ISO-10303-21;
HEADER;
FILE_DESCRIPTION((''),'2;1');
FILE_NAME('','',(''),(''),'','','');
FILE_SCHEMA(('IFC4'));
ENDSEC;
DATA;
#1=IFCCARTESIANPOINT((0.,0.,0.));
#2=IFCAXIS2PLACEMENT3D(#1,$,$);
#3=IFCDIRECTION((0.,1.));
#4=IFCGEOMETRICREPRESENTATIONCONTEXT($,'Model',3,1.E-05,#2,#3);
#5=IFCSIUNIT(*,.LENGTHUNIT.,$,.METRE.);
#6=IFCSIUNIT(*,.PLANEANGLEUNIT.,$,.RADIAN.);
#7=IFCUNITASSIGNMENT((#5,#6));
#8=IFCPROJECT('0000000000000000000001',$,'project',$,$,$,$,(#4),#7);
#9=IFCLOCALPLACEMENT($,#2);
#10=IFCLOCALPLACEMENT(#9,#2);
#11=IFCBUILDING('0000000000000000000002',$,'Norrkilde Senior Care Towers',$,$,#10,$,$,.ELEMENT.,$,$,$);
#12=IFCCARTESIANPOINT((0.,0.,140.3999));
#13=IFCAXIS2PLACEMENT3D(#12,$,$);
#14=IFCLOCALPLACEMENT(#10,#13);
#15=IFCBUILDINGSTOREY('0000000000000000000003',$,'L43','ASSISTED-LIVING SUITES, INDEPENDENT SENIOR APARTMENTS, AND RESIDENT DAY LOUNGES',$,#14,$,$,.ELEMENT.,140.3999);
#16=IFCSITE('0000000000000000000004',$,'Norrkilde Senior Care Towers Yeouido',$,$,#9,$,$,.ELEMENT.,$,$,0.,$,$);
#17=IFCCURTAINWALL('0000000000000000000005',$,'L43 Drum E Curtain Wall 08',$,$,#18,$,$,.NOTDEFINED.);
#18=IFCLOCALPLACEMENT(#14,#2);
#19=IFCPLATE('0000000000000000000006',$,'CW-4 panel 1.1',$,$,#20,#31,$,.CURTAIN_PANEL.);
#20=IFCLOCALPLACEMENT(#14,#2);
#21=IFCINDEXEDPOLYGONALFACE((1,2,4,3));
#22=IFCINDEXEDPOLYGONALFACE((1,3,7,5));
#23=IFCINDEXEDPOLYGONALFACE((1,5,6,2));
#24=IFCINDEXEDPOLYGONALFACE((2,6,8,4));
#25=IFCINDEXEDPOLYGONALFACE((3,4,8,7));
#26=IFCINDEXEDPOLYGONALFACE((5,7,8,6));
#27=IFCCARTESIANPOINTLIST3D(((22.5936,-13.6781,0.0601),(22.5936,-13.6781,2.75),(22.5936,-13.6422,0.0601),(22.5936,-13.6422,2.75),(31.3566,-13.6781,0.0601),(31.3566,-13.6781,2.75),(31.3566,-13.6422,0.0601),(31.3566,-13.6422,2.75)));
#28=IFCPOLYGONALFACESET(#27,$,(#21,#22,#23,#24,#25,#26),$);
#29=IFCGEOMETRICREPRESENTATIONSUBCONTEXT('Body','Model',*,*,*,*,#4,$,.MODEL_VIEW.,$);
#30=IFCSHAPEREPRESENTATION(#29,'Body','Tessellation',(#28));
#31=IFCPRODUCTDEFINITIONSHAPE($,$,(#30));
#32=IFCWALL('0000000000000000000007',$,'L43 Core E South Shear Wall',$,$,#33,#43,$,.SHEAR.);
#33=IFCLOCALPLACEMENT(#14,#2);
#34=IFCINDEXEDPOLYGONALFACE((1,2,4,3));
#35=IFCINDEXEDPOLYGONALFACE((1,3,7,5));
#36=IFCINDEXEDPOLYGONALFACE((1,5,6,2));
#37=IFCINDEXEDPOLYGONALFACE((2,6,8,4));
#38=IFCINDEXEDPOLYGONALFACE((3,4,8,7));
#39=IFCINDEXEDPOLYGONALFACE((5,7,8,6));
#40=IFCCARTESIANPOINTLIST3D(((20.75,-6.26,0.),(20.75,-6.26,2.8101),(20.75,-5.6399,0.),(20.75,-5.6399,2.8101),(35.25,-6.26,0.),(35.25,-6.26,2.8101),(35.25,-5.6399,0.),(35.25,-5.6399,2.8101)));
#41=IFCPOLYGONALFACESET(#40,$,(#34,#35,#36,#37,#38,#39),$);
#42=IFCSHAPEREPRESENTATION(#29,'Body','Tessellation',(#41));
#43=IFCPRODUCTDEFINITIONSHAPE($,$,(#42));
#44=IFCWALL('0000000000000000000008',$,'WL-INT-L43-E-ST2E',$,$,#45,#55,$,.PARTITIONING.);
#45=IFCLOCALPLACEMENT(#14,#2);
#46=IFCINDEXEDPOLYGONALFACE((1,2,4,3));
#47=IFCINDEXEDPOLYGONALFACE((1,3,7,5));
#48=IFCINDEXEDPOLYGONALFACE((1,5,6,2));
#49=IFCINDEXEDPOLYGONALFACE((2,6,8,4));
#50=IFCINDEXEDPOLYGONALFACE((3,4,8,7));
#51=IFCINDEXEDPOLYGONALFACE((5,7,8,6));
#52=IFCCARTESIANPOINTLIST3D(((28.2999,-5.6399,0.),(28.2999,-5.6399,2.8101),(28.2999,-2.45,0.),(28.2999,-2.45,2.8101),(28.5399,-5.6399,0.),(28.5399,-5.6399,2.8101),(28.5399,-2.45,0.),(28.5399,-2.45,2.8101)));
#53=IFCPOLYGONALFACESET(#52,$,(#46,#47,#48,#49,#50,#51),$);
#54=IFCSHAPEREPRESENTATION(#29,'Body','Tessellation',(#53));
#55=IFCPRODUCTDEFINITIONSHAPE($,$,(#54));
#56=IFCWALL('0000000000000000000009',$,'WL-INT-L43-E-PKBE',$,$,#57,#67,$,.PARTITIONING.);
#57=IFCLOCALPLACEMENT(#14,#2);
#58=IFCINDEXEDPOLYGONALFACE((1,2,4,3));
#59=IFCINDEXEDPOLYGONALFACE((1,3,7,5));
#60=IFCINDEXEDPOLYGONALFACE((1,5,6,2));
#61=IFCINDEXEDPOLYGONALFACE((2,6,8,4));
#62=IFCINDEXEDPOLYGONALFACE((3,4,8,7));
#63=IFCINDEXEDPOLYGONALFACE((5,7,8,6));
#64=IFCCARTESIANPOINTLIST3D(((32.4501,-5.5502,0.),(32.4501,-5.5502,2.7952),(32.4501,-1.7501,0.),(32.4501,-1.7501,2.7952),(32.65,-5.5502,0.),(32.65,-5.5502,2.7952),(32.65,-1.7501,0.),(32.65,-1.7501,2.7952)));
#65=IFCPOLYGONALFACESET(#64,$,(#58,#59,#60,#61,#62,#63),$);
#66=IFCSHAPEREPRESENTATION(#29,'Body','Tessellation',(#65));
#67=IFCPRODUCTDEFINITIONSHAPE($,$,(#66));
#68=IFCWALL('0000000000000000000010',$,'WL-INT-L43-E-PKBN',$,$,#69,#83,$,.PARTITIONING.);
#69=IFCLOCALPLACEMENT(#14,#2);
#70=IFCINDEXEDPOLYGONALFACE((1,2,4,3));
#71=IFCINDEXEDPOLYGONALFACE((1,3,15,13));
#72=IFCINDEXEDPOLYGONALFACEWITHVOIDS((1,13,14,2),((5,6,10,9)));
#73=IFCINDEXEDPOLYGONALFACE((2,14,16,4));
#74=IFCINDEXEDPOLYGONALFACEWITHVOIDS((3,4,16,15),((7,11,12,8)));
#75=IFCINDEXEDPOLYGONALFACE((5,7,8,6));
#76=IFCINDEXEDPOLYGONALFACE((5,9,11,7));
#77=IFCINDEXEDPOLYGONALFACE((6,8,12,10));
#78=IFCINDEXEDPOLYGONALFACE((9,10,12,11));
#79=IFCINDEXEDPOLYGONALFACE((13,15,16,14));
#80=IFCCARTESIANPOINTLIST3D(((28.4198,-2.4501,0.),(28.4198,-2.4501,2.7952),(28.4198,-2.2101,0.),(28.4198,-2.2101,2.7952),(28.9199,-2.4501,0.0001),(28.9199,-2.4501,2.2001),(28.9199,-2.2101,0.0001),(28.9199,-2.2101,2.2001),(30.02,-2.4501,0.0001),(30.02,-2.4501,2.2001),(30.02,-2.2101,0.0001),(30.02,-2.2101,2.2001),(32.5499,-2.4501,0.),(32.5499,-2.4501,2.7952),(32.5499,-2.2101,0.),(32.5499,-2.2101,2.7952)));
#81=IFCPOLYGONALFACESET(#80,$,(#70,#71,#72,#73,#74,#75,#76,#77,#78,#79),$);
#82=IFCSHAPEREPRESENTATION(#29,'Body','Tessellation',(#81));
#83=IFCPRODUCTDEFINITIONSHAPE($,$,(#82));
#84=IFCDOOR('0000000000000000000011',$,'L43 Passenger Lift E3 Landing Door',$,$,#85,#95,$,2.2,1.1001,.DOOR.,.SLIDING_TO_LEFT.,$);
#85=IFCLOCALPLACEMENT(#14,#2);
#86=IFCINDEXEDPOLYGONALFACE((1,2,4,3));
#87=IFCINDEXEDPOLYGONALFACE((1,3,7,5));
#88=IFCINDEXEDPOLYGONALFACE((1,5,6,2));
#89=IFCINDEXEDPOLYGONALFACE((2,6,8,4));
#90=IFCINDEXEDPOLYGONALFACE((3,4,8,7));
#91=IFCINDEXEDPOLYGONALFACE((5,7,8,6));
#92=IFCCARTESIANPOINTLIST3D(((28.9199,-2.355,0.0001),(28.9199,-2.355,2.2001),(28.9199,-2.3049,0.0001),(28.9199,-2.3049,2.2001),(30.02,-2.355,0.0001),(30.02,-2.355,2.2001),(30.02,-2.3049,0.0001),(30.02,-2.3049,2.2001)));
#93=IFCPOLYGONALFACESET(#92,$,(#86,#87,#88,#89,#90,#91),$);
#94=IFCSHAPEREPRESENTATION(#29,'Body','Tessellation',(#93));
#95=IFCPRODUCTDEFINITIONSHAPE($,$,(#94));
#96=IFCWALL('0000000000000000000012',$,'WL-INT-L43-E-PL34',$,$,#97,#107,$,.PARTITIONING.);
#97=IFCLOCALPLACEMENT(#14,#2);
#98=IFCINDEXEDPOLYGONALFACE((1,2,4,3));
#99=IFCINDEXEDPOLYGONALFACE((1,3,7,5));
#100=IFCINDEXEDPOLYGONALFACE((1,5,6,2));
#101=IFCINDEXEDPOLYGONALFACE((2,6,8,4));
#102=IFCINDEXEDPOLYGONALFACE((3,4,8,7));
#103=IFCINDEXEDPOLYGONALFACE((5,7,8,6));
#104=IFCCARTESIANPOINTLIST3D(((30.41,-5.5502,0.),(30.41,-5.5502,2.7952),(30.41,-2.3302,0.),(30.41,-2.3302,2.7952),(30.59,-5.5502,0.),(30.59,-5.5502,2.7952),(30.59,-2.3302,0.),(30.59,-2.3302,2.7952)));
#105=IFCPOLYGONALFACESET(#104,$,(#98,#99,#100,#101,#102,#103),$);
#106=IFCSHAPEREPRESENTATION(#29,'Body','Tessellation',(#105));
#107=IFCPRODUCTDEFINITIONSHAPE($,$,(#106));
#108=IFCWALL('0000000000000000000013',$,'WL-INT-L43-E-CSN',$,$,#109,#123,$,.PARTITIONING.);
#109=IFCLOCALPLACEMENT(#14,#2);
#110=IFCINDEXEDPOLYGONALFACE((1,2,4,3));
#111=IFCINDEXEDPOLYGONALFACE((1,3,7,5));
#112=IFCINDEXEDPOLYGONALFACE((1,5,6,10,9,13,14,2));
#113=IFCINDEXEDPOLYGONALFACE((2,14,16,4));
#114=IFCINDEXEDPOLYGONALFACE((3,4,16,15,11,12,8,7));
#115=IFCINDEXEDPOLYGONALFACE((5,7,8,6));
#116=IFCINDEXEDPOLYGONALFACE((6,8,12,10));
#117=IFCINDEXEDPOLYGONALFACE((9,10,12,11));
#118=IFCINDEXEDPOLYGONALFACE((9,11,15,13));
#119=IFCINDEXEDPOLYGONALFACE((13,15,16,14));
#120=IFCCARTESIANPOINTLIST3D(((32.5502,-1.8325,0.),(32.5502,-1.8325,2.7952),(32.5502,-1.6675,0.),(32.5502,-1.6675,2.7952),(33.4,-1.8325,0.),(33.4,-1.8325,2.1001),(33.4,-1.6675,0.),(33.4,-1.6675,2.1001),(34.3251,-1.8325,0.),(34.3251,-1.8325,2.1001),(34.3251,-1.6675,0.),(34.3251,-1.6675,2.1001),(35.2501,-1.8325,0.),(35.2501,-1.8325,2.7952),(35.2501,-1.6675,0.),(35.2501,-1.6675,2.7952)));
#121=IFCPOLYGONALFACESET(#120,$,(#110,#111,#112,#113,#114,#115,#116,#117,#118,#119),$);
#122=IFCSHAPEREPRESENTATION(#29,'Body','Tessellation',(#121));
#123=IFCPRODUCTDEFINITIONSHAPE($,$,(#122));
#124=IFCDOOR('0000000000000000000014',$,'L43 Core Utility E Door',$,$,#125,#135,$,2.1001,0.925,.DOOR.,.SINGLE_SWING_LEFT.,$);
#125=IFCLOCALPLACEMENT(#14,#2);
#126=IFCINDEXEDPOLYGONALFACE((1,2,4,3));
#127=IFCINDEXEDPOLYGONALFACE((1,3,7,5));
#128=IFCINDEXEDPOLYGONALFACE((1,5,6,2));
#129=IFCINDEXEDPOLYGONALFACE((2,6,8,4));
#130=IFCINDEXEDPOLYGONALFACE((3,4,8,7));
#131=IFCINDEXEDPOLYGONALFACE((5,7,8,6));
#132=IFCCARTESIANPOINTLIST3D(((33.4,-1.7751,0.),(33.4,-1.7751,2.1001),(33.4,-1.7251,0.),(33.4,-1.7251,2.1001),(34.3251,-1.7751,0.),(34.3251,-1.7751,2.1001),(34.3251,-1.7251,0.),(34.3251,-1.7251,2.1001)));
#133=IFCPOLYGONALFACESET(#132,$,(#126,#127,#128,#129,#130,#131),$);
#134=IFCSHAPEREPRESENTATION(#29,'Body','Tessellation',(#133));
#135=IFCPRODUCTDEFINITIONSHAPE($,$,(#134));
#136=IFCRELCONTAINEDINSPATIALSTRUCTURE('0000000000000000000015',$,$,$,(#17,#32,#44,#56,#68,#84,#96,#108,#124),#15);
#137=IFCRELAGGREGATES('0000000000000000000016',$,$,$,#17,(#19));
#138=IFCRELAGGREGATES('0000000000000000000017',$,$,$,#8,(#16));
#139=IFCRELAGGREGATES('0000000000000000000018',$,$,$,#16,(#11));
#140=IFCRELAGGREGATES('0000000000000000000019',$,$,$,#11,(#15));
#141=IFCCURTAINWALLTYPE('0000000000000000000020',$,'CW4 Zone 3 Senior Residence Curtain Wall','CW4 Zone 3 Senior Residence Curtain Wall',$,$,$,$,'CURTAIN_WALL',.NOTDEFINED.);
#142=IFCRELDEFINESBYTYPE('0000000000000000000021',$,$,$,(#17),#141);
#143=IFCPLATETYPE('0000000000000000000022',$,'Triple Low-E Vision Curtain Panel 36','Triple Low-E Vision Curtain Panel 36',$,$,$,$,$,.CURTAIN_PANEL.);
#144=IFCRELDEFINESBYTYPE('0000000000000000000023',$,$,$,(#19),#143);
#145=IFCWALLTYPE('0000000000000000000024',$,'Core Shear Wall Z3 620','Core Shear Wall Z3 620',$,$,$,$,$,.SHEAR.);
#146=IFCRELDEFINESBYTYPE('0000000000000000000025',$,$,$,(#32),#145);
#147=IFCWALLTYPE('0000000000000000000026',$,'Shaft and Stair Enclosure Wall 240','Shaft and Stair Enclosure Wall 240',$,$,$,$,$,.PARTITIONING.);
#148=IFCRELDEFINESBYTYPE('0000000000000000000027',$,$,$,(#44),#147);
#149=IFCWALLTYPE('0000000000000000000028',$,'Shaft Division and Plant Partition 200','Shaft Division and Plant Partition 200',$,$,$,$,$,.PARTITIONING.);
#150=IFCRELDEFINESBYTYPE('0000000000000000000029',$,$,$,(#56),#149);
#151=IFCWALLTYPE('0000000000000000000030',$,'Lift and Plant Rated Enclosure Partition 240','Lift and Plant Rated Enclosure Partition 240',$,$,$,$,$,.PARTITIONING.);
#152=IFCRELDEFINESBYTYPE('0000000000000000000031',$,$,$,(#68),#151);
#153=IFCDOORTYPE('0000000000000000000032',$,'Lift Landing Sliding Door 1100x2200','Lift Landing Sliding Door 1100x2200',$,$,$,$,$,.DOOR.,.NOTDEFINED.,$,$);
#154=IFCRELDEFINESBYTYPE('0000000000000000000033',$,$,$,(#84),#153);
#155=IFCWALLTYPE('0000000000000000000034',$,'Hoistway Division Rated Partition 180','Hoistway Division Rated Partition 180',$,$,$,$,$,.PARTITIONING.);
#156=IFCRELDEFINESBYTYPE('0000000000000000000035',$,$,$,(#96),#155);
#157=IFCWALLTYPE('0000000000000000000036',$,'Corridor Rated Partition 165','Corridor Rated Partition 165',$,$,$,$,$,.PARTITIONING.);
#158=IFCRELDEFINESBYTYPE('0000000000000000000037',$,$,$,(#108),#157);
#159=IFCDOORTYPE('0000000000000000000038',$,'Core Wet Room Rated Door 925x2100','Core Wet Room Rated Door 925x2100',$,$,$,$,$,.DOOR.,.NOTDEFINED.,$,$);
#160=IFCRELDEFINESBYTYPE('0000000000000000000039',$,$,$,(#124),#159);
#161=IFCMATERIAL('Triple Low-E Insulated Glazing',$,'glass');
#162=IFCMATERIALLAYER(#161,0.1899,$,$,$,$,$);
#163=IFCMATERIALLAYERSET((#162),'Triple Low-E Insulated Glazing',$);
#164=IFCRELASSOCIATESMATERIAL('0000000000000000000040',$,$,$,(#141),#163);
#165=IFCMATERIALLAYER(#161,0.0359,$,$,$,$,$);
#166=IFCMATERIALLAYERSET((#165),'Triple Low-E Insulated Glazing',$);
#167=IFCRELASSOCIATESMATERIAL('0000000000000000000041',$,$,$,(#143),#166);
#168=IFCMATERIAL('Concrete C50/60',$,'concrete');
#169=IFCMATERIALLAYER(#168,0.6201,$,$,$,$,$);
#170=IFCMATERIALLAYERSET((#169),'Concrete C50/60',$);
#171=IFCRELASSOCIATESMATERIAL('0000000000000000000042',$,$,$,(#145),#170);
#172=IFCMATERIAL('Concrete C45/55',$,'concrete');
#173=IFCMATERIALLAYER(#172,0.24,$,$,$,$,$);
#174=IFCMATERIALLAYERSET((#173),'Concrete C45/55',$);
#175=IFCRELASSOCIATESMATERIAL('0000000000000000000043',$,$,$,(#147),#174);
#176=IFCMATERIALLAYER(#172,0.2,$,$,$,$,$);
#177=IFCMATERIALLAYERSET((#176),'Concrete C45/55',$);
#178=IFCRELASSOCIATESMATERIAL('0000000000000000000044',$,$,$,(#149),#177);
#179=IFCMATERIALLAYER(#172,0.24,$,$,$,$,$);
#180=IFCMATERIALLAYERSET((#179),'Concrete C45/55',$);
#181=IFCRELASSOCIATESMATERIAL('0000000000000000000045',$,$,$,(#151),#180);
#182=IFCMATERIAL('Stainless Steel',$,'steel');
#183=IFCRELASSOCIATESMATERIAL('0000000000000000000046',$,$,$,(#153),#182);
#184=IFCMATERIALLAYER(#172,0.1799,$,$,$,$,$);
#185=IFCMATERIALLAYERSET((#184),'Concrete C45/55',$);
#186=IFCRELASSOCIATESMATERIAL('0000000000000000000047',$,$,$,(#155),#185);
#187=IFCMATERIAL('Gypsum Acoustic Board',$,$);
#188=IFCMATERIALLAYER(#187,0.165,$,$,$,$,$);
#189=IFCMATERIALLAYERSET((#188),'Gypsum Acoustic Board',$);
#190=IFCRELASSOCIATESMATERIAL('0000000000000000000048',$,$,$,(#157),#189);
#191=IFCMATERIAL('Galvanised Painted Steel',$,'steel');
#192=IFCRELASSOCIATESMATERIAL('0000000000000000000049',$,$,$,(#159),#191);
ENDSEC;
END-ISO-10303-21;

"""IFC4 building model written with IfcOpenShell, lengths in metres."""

from ifc_helpers import new_model, si_unit, direction, frame, frame_2d, origin, origin_2d, place, context, subcontext, project, spatial, rectangle, extrude, source, transform, mapped, material, layer, layer_set, type_object, type_shapes, element, fill, aggregate, save


model = new_model("IFC4")

# Units and contexts
model_context = context("Model", 3, precision=1e-05, world=origin(), true_north=direction((0.0, 1.0)))
body_context = subcontext(model_context, "Body", "Model", "MODEL_VIEW")
ifc_project = project(units=[si_unit("LENGTHUNIT", "METRE"), si_unit("PLANEANGLEUNIT", "RADIAN")], contexts=[model_context])

# Site, building, storey
site_placement = place(None, origin())
site = spatial("IfcSite", under=ifc_project, at=site_placement, Name="Norrkilde Senior Care Towers Yeouido", CompositionType="ELEMENT", RefElevation=0.0)
building_placement = place(site_placement, origin())
building = spatial("IfcBuilding", under=site, at=building_placement, Name="Norrkilde Senior Care Towers", CompositionType="ELEMENT")
storey_placement = place(building_placement, frame((0.0, 0.0, 140.3999)))
storey = spatial("IfcBuildingStorey", under=building, at=storey_placement, Name="L43", Description="ASSISTED-LIVING SUITES, INDEPENDENT SENIOR APARTMENTS, AND RESIDENT DAY LOUNGES", CompositionType="ELEMENT", Elevation=140.3999)

# Shared definitions
ifc_material_1 = material(Name="Concrete C50/60", Category="concrete")

# Curtain wall
ifc_material_2 = material(Name="Triple Low-E Insulated Glazing", Category="glass")
ifc_layer_1 = layer(ifc_material_2, 0.1899)
ifc_layer_set_1 = layer_set([ifc_layer_1], Name="Triple Low-E Insulated Glazing")
curtain_wall_type = type_object("IfcCurtainWallType", Name="CW4 Zone 3 Senior Residence Curtain Wall", Description="CW4 Zone 3 Senior Residence Curtain Wall", ElementType="CURTAIN_WALL", PredefinedType="NOTDEFINED", material=ifc_layer_set_1)
curtain_wall_1_placement = place(storey_placement, origin())
curtain_wall_1 = element("IfcCurtainWall", 1, at=curtain_wall_1_placement, inside=storey, type_object=curtain_wall_type, Name="L43 Drum E Curtain Wall 08", PredefinedType="NOTDEFINED")

# Plate
ifc_layer_2 = layer(ifc_material_2, 0.0359)
ifc_layer_set_2 = layer_set([ifc_layer_2], Name="Triple Low-E Insulated Glazing")
plate_type = type_object("IfcPlateType", Name="Triple Low-E Vision Curtain Panel 36", Description="Triple Low-E Vision Curtain Panel 36", PredefinedType="CURTAIN_PANEL", material=ifc_layer_set_2)
shared_shape_1 = source(origin(), body_context, "Body", "SweptSolid", [
    extrude(rectangle(XDim=8.7629, YDim=0.0359, at=origin_2d()), origin(), (0.0, 0.0, 1.0), 2.6899),
])
plate_1_placement = place(storey_placement, frame((26.9751, -13.6602, 0.0601), z_axis=(0.0, 0.0, 1.0), x_axis=(-1.0, 0.0, 0.0)))
plate_1 = element("IfcPlate", 2, at=plate_1_placement, type_object=plate_type, Name="CW-4 panel 1.1", PredefinedType="CURTAIN_PANEL", context=body_context, shape_type="MappedRepresentation", body=[
    mapped(shared_shape_1, transform((0.0, 0.0, 0.0), x_axis=(1.0, 0.0, 0.0), y_axis=(0.0, 1.0, 0.0), z_axis=(0.0, 0.0, 1.0), scale=1.0)),
])
aggregate(curtain_wall_1, [plate_1])

# Walls
ifc_layer_3 = layer(ifc_material_1, 0.6201)
ifc_layer_set_3 = layer_set([ifc_layer_3], Name="Concrete C50/60")
wall_type_1 = type_object("IfcWallType", Name="Core Shear Wall Z3 620", Description="Core Shear Wall Z3 620", PredefinedType="SHEAR", material=ifc_layer_set_3)
shared_shape_2 = source(origin(), body_context, "Body", "SweptSolid", [
    extrude(rectangle(XDim=14.5, YDim=0.6201, at=frame_2d((7.25, 0.0))), origin(), (0.0, 0.0, 1.0), 2.8101),
])
type_shapes(wall_type_1, [shared_shape_2])
wall_1_placement = place(storey_placement, frame((35.25, -5.95, 0.0), z_axis=(0.0, 0.0, 1.0), x_axis=(-1.0, 0.0, 0.0)))
element("IfcWall", 3, at=wall_1_placement, inside=storey, type_object=wall_type_1, Name="L43 Core E South Shear Wall", PredefinedType="SHEAR", context=body_context, shape_type="MappedRepresentation", body=[
    mapped(shared_shape_2, transform((0.0, 0.0, 0.0), x_axis=(1.0, 0.0, 0.0), y_axis=(0.0, 1.0, 0.0), z_axis=(0.0, 0.0, 1.0), scale=1.0)),
])
ifc_material_3 = material(Name="Concrete C45/55", Category="concrete")
ifc_layer_4 = layer(ifc_material_3, 0.24)
ifc_layer_set_4 = layer_set([ifc_layer_4], Name="Concrete C45/55")
wall_type_2 = type_object("IfcWallType", Name="Shaft and Stair Enclosure Wall 240", Description="Shaft and Stair Enclosure Wall 240", PredefinedType="PARTITIONING", material=ifc_layer_set_4)
shared_shape_3 = source(origin(), body_context, "Body", "SweptSolid", [
    extrude(rectangle(XDim=3.1899, YDim=0.24, at=frame_2d((1.595, 0.0))), origin(), (0.0, 0.0, 1.0), 2.8101),
])
type_shapes(wall_type_2, [shared_shape_3])
wall_2_placement = place(storey_placement, frame((28.4199, -5.6399, 0.0), z_axis=(0.0, 0.0, 1.0), x_axis=(0.0, 1.0, 0.0)))
element("IfcWall", 4, at=wall_2_placement, inside=storey, type_object=wall_type_2, Name="WL-INT-L43-E-ST2E", PredefinedType="PARTITIONING", context=body_context, shape_type="MappedRepresentation", body=[
    mapped(shared_shape_3, transform((0.0, 0.0, 0.0), x_axis=(1.0, 0.0, 0.0), y_axis=(0.0, 1.0, 0.0), z_axis=(0.0, 0.0, 1.0), scale=1.0)),
])
ifc_layer_5 = layer(ifc_material_3, 0.2)
ifc_layer_set_5 = layer_set([ifc_layer_5], Name="Concrete C45/55")
wall_type_3 = type_object("IfcWallType", Name="Shaft Division and Plant Partition 200", Description="Shaft Division and Plant Partition 200", PredefinedType="PARTITIONING", material=ifc_layer_set_5)
shared_shape_4 = source(origin(), body_context, "Body", "SweptSolid", [
    extrude(rectangle(XDim=3.8, YDim=0.2, at=frame_2d((1.8999, 0.0))), origin(), (0.0, 0.0, 1.0), 2.7952),
])
type_shapes(wall_type_3, [shared_shape_4])
wall_3_placement = place(storey_placement, frame((32.55, -5.55, 0.0), z_axis=(0.0, 0.0, 1.0), x_axis=(0.0, 1.0, 0.0)))
element("IfcWall", 5, at=wall_3_placement, inside=storey, type_object=wall_type_3, Name="WL-INT-L43-E-PKBE", PredefinedType="PARTITIONING", context=body_context, shape_type="MappedRepresentation", body=[
    mapped(shared_shape_4, transform((0.0, 0.0, 0.0), x_axis=(1.0, 0.0, 0.0), y_axis=(0.0, 1.0, 0.0), z_axis=(0.0, 0.0, 1.0), scale=1.0)),
])

# Wall, opening, door
ifc_layer_6 = layer(ifc_material_3, 0.24)
ifc_layer_set_6 = layer_set([ifc_layer_6], Name="Concrete C45/55")
wall_type_4 = type_object("IfcWallType", Name="Lift and Plant Rated Enclosure Partition 240", Description="Lift and Plant Rated Enclosure Partition 240", PredefinedType="PARTITIONING", material=ifc_layer_set_6)
shared_shape_5 = source(origin(), body_context, "Body", "SweptSolid", [
    extrude(rectangle(XDim=4.1301, YDim=0.24, at=frame_2d((2.0649, 0.0))), origin(), (0.0, 0.0, 1.0), 2.7952),
])
type_shapes(wall_type_4, [shared_shape_5])
wall_4_placement = place(storey_placement, frame((28.4199, -2.3301, 0.0), z_axis=(0.0, 0.0, 1.0), x_axis=(1.0, 0.0, 0.0)))
wall_4 = element("IfcWall", 6, at=wall_4_placement, inside=storey, type_object=wall_type_4, Name="WL-INT-L43-E-PKBN", PredefinedType="PARTITIONING", context=body_context, shape_type="MappedRepresentation", body=[
    mapped(shared_shape_5, transform((0.0, 0.0, 0.0), x_axis=(1.0, 0.0, 0.0), y_axis=(0.0, 1.0, 0.0), z_axis=(0.0, 0.0, 1.0), scale=1.0)),
])
opening_1_placement = place(wall_4_placement, frame((0.5, 0.0, 0.0)))
opening_1 = element("IfcOpeningElement", 7, at=opening_1_placement, cuts=wall_4, PredefinedType="OPENING", context=body_context, shape_type="SweptSolid", body=[
    extrude(rectangle(XDim=1.1001, YDim=2.2, at=frame_2d((0.55, 1.1001))), frame((0.0, 0.1299, 0.0), z_axis=(0.0, -1.0, 0.0), x_axis=(1.0, 0.0, 0.0)), (0.0, 0.0, 1.0), 0.26),
])
ifc_material_4 = material(Name="Stainless Steel", Category="steel")
door_type_1 = type_object("IfcDoorType", Name="Lift Landing Sliding Door 1100x2200", Description="Lift Landing Sliding Door 1100x2200", OperationType="NOTDEFINED", PredefinedType="DOOR", material=ifc_material_4)
shared_shape_6 = source(origin(), body_context, "Body", "SweptSolid", [
    extrude(rectangle(XDim=1.1001, YDim=2.2, at=frame_2d((0.55, 1.1001))), frame((0.0, 0.0249, 0.0), z_axis=(0.0, -1.0, 0.0), x_axis=(1.0, 0.0, 0.0)), (0.0, 0.0, 1.0), 0.05),
])
type_shapes(door_type_1, [shared_shape_6])
door_1_placement = place(opening_1_placement, frame((1.1001, 0.0, 0.0), z_axis=(0.0, 0.0, 1.0), x_axis=(-1.0, 0.0, 0.0)))
door_1 = element("IfcDoor", 8, at=door_1_placement, inside=storey, type_object=door_type_1, Name="L43 Passenger Lift E3 Landing Door", OperationType="SLIDING_TO_LEFT", OverallHeight=2.2, OverallWidth=1.1001, PredefinedType="DOOR", context=body_context, shape_type="MappedRepresentation", body=[
    mapped(shared_shape_6, transform((0.0, 0.0, 0.0), x_axis=(1.0, 0.0, 0.0), y_axis=(0.0, 1.0, 0.0), z_axis=(0.0, 0.0, 1.0), scale=1.0)),
])
fill(opening_1, door_1)

# Wall
ifc_layer_7 = layer(ifc_material_3, 0.1799)
ifc_layer_set_7 = layer_set([ifc_layer_7], Name="Concrete C45/55")
wall_type_5 = type_object("IfcWallType", Name="Hoistway Division Rated Partition 180", Description="Hoistway Division Rated Partition 180", PredefinedType="PARTITIONING", material=ifc_layer_set_7)
shared_shape_7 = source(origin(), body_context, "Body", "SweptSolid", [
    extrude(rectangle(XDim=3.22, YDim=0.1799, at=frame_2d((1.6099, 0.0))), origin(), (0.0, 0.0, 1.0), 2.7952),
])
type_shapes(wall_type_5, [shared_shape_7])
wall_5_placement = place(storey_placement, frame((30.5, -5.55, 0.0), z_axis=(0.0, 0.0, 1.0), x_axis=(0.0, 1.0, 0.0)))
element("IfcWall", 9, at=wall_5_placement, inside=storey, type_object=wall_type_5, Name="WL-INT-L43-E-PL34", PredefinedType="PARTITIONING", context=body_context, shape_type="MappedRepresentation", body=[
    mapped(shared_shape_7, transform((0.0, 0.0, 0.0), x_axis=(1.0, 0.0, 0.0), y_axis=(0.0, 1.0, 0.0), z_axis=(0.0, 0.0, 1.0), scale=1.0)),
])

# Wall, opening, door
ifc_material_5 = material(Name="Gypsum Acoustic Board")
ifc_layer_8 = layer(ifc_material_5, 0.165)
ifc_layer_set_8 = layer_set([ifc_layer_8], Name="Gypsum Acoustic Board")
wall_type_6 = type_object("IfcWallType", Name="Corridor Rated Partition 165", Description="Corridor Rated Partition 165", PredefinedType="PARTITIONING", material=ifc_layer_set_8)
shared_shape_8 = source(origin(), body_context, "Body", "SweptSolid", [
    extrude(rectangle(XDim=2.7, YDim=0.165, at=frame_2d((1.3501, 0.0))), origin(), (0.0, 0.0, 1.0), 2.7952),
])
wall_6_placement = place(storey_placement, frame((32.55, -1.75, 0.0), z_axis=(0.0, 0.0, 1.0), x_axis=(1.0, 0.0, 0.0)))
wall_6 = element("IfcWall", 10, at=wall_6_placement, inside=storey, type_object=wall_type_6, Name="WL-INT-L43-E-CSN", PredefinedType="PARTITIONING", context=body_context, shape_type="MappedRepresentation", body=[
    mapped(shared_shape_8, transform((0.0, 0.0, 0.0), x_axis=(1.0, 0.0, 0.0), y_axis=(0.0, 1.0, 0.0), z_axis=(0.0, 0.0, 1.0), scale=1.0)),
])
opening_2_placement = place(wall_6_placement, frame((0.8501, 0.0, 0.0)))
opening_2 = element("IfcOpeningElement", 11, at=opening_2_placement, cuts=wall_6, PredefinedType="OPENING", context=body_context, shape_type="SweptSolid", body=[
    extrude(rectangle(XDim=0.925, YDim=2.1001, at=frame_2d((0.4624, 1.05))), frame((0.0, 0.0925, 0.0), z_axis=(0.0, -1.0, 0.0), x_axis=(1.0, 0.0, 0.0)), (0.0, 0.0, 1.0), 0.1851),
])
ifc_material_6 = material(Name="Galvanised Painted Steel", Category="steel")
door_type_2 = type_object("IfcDoorType", Name="Core Wet Room Rated Door 925x2100", Description="Core Wet Room Rated Door 925x2100", OperationType="NOTDEFINED", PredefinedType="DOOR", material=ifc_material_6)
shared_shape_9 = source(origin(), body_context, "Body", "SweptSolid", [
    extrude(rectangle(XDim=0.925, YDim=2.1001, at=frame_2d((0.4624, 1.05))), frame((0.0, 0.0249, 0.0), z_axis=(0.0, -1.0, 0.0), x_axis=(1.0, 0.0, 0.0)), (0.0, 0.0, 1.0), 0.05),
])
type_shapes(door_type_2, [shared_shape_9])
door_2_placement = place(opening_2_placement, origin())
door_2 = element("IfcDoor", 12, at=door_2_placement, inside=storey, type_object=door_type_2, Name="L43 Core Utility E Door", OperationType="SINGLE_SWING_LEFT", OverallHeight=2.1001, OverallWidth=0.925, PredefinedType="DOOR", context=body_context, shape_type="MappedRepresentation", body=[
    mapped(shared_shape_9, transform((0.0, 0.0, 0.0), x_axis=(1.0, 0.0, 0.0), y_axis=(0.0, 1.0, 0.0), z_axis=(0.0, 0.0, 1.0), scale=1.0)),
])
fill(opening_2, door_2)

save(model, "model.ifc")
